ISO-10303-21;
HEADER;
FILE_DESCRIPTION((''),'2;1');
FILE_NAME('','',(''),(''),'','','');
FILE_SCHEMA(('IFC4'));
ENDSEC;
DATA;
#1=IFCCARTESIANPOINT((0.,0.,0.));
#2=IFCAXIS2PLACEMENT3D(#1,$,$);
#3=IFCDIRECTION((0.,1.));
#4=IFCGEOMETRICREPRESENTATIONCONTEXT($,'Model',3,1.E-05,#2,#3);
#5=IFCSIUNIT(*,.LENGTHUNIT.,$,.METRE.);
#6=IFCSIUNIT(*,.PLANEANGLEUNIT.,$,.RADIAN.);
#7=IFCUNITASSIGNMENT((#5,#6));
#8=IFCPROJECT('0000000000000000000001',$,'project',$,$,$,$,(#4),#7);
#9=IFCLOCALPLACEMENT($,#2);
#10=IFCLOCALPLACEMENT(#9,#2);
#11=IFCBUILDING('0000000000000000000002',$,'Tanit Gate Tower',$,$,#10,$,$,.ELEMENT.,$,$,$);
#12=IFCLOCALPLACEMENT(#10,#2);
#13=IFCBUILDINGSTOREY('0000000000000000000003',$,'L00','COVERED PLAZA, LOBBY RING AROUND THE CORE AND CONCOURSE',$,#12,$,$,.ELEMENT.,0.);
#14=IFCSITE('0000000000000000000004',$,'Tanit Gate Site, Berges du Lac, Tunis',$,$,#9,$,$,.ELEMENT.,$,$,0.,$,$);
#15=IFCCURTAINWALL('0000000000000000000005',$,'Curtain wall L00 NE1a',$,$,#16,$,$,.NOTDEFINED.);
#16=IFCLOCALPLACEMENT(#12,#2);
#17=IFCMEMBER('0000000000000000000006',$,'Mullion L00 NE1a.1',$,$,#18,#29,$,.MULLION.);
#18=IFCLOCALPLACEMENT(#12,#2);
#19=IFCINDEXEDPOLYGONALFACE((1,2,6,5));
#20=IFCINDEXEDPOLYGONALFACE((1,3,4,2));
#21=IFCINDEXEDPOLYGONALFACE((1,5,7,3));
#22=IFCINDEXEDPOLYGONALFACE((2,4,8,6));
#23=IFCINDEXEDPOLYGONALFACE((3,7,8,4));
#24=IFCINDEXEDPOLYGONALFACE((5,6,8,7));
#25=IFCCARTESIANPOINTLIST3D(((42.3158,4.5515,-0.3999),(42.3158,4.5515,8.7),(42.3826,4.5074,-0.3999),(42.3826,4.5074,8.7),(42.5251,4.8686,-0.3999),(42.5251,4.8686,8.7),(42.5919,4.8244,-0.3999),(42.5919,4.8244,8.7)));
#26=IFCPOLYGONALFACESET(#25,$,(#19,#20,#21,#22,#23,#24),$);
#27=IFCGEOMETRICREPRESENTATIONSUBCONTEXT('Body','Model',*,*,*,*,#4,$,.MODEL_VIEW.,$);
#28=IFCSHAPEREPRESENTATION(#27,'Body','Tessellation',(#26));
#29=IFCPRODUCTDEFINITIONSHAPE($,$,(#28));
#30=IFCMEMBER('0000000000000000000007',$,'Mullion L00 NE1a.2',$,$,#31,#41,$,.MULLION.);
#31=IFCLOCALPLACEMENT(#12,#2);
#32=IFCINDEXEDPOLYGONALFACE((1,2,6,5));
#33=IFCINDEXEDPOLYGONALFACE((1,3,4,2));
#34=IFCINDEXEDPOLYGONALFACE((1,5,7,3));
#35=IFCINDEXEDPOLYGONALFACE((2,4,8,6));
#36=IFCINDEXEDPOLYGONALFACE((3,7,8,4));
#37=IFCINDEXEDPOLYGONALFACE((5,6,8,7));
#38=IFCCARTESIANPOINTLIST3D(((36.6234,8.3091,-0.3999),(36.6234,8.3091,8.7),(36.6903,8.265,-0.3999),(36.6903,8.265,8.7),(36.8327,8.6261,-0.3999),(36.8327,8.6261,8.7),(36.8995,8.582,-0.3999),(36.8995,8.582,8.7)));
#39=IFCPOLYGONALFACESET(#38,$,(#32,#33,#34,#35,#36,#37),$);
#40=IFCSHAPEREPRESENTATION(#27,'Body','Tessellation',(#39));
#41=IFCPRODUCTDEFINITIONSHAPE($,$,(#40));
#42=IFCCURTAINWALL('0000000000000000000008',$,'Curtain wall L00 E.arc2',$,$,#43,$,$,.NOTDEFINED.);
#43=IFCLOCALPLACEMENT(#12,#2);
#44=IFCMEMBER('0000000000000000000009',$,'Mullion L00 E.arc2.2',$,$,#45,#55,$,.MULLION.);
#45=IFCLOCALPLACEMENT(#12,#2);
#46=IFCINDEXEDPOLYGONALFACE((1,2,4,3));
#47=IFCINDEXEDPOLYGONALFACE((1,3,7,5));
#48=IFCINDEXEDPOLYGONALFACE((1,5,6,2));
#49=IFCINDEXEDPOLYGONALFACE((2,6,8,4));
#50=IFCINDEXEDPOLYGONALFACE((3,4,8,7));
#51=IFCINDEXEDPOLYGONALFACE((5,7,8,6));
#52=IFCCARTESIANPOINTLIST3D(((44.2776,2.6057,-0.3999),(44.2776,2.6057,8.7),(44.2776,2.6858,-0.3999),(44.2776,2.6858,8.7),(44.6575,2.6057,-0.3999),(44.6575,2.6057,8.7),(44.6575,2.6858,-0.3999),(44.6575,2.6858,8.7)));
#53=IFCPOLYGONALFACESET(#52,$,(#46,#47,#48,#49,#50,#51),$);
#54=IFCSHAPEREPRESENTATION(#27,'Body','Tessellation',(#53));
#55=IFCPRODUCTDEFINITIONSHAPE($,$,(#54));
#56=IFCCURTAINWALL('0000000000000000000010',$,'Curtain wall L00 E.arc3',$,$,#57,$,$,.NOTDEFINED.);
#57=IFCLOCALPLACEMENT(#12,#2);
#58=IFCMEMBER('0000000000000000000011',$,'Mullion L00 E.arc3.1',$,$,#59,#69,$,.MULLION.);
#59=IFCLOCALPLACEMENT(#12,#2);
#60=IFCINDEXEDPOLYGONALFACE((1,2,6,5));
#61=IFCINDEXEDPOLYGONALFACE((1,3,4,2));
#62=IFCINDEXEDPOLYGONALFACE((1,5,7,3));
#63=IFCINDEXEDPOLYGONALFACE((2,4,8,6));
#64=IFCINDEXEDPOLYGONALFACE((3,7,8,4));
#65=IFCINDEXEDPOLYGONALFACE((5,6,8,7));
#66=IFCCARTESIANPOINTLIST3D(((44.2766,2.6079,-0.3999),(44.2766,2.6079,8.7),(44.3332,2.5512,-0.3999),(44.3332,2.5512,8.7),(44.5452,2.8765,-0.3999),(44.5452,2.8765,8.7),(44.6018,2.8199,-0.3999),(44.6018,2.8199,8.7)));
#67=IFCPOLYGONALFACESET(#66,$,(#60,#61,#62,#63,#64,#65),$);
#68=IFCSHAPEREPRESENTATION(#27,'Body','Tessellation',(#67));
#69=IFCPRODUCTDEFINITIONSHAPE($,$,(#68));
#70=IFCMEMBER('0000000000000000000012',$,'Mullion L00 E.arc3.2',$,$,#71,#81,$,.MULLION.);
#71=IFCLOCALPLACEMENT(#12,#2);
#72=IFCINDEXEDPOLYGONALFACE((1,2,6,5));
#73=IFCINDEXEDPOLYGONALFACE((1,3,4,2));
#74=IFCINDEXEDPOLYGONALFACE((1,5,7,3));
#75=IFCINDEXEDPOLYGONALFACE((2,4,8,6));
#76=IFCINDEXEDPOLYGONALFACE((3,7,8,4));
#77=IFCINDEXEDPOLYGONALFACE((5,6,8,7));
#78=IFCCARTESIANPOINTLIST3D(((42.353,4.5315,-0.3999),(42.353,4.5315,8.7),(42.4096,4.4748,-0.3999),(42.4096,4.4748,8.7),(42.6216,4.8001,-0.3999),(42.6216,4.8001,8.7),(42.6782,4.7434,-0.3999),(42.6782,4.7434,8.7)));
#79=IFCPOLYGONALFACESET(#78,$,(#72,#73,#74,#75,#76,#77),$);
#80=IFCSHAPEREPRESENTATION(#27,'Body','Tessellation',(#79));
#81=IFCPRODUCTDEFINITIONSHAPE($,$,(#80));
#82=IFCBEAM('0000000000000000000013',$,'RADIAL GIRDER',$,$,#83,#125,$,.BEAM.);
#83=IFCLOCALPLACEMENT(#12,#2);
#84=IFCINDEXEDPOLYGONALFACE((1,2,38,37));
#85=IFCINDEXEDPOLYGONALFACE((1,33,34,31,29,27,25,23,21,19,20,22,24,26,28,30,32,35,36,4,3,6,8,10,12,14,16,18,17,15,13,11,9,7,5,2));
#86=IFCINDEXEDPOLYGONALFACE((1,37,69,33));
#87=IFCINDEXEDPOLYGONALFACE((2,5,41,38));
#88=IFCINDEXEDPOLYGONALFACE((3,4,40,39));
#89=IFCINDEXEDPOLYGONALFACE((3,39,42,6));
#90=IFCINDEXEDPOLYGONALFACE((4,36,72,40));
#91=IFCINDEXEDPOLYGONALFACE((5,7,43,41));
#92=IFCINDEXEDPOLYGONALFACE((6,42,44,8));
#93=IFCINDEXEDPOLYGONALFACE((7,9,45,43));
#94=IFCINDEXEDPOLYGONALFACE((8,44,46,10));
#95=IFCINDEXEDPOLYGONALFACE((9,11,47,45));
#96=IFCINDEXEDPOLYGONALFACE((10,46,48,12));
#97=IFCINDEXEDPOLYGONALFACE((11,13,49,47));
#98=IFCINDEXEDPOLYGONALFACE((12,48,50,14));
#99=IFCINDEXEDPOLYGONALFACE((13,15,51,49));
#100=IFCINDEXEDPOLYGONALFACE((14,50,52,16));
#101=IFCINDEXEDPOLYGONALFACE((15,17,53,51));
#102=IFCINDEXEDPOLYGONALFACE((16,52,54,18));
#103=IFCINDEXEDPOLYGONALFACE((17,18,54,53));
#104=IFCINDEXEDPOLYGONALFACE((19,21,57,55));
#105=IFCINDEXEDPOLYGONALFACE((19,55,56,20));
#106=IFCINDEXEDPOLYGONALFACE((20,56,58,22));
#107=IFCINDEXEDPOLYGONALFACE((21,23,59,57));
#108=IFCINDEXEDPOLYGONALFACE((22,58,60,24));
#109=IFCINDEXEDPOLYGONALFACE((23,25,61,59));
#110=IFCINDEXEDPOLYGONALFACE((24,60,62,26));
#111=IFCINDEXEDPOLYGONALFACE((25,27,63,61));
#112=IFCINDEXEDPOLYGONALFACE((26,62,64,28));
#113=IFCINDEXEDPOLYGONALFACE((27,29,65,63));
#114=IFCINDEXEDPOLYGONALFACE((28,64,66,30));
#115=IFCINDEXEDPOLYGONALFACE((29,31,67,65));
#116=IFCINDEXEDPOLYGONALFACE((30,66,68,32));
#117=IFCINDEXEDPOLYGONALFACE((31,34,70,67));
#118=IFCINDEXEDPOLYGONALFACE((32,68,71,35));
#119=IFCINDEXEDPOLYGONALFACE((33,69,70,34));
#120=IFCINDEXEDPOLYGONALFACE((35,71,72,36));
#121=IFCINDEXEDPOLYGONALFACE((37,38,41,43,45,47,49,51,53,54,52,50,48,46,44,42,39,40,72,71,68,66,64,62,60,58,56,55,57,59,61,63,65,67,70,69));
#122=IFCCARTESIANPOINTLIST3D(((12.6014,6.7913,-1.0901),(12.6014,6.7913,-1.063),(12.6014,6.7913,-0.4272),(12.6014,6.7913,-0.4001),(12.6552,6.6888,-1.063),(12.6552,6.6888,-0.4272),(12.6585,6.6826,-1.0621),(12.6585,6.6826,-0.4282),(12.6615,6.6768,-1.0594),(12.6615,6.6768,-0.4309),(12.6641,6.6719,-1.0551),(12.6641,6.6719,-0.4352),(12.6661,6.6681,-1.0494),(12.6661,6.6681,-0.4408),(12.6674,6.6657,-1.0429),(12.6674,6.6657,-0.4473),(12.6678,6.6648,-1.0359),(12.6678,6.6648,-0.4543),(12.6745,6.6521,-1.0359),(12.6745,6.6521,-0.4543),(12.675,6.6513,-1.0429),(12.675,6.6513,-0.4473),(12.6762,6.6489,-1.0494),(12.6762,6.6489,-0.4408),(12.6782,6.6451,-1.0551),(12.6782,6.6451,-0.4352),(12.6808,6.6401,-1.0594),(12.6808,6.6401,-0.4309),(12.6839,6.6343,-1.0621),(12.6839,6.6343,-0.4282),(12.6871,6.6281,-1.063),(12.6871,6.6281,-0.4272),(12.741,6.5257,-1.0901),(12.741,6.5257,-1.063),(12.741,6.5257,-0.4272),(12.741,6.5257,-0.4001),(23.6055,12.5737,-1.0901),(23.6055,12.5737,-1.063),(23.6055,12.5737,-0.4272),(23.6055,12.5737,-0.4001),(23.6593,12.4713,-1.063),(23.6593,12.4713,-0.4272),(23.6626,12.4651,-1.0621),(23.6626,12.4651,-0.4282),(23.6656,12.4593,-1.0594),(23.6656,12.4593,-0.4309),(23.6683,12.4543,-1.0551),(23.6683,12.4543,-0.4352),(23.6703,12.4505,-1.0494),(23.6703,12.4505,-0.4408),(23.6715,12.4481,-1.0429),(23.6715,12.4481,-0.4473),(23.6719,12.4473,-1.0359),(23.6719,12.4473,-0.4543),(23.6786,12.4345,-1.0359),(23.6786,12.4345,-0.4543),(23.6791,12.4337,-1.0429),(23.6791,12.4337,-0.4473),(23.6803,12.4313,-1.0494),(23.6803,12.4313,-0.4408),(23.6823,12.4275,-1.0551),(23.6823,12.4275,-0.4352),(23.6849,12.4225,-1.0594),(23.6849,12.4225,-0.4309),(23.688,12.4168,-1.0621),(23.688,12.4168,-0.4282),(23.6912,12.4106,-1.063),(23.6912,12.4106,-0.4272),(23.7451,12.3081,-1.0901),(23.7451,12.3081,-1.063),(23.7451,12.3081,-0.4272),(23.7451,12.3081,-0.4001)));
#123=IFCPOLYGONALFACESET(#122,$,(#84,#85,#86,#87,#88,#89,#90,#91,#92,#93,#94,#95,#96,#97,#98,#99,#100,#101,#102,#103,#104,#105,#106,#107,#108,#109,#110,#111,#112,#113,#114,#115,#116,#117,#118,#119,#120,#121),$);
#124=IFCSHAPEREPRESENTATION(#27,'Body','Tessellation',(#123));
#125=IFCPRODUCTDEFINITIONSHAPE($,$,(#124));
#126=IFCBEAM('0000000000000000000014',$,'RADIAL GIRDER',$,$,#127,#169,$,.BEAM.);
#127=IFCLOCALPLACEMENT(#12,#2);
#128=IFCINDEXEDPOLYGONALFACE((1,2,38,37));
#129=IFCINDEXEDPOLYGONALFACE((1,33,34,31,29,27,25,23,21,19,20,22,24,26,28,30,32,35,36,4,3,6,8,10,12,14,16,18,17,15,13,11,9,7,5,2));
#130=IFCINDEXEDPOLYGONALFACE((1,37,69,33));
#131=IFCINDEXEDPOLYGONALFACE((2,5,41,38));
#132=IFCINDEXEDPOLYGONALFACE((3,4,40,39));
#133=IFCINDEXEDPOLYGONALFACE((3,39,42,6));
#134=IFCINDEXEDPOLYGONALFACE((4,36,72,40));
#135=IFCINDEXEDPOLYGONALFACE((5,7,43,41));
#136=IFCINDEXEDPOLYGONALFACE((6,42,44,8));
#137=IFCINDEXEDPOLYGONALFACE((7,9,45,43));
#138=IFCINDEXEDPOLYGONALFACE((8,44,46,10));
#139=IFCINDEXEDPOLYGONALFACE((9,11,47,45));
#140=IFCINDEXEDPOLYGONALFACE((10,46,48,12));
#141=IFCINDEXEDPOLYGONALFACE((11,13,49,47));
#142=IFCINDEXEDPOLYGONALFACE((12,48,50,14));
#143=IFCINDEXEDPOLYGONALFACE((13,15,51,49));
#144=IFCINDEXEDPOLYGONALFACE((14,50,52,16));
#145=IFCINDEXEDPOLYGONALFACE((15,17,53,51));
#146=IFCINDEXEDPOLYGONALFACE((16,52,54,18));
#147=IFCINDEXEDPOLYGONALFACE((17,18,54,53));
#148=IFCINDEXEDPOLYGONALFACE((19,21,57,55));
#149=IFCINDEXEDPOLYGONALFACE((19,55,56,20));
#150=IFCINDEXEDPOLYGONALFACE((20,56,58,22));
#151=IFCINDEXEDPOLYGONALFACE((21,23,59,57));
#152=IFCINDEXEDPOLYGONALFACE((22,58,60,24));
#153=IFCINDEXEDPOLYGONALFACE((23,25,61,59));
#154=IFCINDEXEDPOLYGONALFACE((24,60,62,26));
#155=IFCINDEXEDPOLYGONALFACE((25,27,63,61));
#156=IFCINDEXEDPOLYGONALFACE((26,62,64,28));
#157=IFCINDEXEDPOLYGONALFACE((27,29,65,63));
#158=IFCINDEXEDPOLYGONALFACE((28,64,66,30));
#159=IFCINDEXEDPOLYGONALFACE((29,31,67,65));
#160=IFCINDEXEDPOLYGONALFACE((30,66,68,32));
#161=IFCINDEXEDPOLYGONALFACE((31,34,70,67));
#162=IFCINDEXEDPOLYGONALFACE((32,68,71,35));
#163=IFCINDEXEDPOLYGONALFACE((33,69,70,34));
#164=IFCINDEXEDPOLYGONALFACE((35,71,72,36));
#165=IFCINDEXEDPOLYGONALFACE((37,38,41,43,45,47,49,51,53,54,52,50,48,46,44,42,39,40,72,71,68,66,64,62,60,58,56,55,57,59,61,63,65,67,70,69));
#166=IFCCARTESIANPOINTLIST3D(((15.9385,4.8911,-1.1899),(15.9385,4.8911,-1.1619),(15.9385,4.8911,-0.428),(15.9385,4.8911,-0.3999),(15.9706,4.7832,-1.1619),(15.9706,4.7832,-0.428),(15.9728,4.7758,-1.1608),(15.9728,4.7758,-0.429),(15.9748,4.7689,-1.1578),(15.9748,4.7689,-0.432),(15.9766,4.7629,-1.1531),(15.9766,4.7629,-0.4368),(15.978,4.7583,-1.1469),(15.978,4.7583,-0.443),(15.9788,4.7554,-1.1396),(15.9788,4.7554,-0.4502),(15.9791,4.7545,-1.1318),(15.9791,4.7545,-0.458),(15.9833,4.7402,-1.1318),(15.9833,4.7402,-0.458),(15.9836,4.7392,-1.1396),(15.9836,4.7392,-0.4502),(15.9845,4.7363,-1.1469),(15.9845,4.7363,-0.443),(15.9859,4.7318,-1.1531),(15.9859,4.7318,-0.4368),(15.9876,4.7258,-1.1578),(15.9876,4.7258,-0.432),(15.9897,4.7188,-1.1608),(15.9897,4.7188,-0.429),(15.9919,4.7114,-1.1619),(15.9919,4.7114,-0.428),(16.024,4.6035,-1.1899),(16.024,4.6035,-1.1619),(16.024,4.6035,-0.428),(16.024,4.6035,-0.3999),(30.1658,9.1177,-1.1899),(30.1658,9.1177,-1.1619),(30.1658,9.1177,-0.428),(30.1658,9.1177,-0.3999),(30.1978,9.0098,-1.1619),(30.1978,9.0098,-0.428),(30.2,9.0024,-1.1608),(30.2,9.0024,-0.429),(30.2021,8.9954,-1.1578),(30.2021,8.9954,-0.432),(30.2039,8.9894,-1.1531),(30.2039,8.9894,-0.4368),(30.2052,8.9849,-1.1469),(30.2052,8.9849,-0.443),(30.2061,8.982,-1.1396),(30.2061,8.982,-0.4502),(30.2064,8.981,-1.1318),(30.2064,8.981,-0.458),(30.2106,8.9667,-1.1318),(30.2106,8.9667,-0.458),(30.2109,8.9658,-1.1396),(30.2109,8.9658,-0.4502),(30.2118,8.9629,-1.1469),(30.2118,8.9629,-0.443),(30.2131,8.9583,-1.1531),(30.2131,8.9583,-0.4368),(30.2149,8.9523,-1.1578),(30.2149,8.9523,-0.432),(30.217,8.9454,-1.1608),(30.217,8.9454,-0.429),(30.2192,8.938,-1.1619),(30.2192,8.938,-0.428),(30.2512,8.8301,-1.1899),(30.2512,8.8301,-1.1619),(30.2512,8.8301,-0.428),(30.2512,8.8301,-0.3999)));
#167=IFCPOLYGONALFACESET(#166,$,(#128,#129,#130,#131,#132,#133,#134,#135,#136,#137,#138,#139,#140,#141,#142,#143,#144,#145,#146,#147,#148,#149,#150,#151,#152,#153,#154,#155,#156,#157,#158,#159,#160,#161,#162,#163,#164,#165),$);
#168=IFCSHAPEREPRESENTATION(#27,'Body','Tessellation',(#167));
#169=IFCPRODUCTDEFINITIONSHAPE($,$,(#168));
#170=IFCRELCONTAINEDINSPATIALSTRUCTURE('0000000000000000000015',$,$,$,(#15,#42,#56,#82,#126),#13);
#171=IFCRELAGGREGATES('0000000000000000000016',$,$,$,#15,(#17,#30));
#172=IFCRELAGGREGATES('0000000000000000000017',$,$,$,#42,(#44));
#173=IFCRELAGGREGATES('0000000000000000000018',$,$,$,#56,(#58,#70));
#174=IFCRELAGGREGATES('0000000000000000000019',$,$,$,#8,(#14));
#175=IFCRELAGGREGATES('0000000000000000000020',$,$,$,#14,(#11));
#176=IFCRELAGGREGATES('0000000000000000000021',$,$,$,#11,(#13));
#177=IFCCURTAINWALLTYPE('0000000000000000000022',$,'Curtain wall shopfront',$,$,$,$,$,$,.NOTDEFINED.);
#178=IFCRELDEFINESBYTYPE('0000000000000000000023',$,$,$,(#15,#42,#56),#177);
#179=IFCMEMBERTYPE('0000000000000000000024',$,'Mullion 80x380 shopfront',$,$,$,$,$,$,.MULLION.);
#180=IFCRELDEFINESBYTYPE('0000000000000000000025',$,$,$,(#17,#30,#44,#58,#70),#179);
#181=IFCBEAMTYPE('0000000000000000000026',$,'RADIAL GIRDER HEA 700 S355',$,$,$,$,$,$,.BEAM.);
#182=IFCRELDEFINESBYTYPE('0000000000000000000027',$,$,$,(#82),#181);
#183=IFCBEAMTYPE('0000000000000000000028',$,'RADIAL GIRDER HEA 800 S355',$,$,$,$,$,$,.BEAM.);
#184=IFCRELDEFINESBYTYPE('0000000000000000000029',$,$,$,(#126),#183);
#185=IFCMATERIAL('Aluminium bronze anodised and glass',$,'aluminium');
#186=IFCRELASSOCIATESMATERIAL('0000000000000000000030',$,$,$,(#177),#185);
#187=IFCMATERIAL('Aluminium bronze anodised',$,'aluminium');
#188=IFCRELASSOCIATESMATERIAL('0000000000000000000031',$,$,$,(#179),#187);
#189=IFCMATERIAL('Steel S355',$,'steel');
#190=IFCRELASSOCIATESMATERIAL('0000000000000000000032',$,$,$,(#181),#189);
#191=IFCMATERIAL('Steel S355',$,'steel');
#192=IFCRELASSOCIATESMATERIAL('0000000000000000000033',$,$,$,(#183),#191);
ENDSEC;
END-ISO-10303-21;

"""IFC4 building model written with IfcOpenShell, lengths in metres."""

from ifc_helpers import new_model, si_unit, direction, frame, origin, origin_2d, place, context, subcontext, project, spatial, rectangle, i_section, extrude, material, material_profile, profile_set, type_object, element, aggregate, save


model = new_model("IFC4")

# Units and contexts
model_context = context("Model", 3, precision=1e-05, world=origin(), true_north=direction((0.0, 1.0)))
body_context = subcontext(model_context, "Body", "Model", "MODEL_VIEW")
ifc_project = project(units=[si_unit("LENGTHUNIT", "METRE"), si_unit("PLANEANGLEUNIT", "RADIAN")], contexts=[model_context])

# Site, building, storey
site_placement = place(None, origin())
site = spatial("IfcSite", under=ifc_project, at=site_placement, Name="Tanit Gate Site, Berges du Lac, Tunis", CompositionType="ELEMENT", RefElevation=0.0)
building_placement = place(site_placement, origin())
building = spatial("IfcBuilding", under=site, at=building_placement, Name="Tanit Gate Tower", CompositionType="ELEMENT")
storey_placement = place(building_placement, origin())
storey = spatial("IfcBuildingStorey", under=building, at=storey_placement, Name="L00", Description="COVERED PLAZA, LOBBY RING AROUND THE CORE AND CONCOURSE", CompositionType="ELEMENT", Elevation=0.0)

# Curtain wall, members
ifc_material_1 = material(Name="Aluminium bronze anodised and glass", Category="aluminium")
curtain_wall_type = type_object("IfcCurtainWallType", Name="Curtain wall shopfront", PredefinedType="NOTDEFINED", material=ifc_material_1)
curtain_wall_1_placement = place(storey_placement, origin())
curtain_wall_1 = element("IfcCurtainWall", 1, at=curtain_wall_1_placement, inside=storey, type_object=curtain_wall_type, Name="Curtain wall L00 NE1a", PredefinedType="NOTDEFINED")
ifc_material_2 = material(Name="Aluminium bronze anodised", Category="aluminium")
ifc_material_profile_1 = material_profile(ifc_material_2, rectangle(XDim=0.3799, YDim=0.0801, at=origin_2d()), Name="80x380 bronze mullion")
ifc_profile_set_1 = profile_set([ifc_material_profile_1], Name="Aluminium bronze anodised")
member_type = type_object("IfcMemberType", Name="Mullion 80x380 shopfront", PredefinedType="MULLION", material=ifc_profile_set_1)
member_1_placement = place(storey_placement, frame((42.4539, 4.688, -0.3999), z_axis=(0.0, 0.0, 1.0), x_axis=(-0.550903, -0.834569, 0.0)))
member_1 = element("IfcMember", 2, at=member_1_placement, type_object=member_type, Name="Mullion L00 NE1a.1", PredefinedType="MULLION", context=body_context, shape_type="SweptSolid", body=[
    extrude(rectangle(XDim=0.3799, YDim=0.0801, at=origin_2d()), origin(), (0.0, 0.0, 1.0), 9.0999),
])
member_2_placement = place(storey_placement, frame((36.7615, 8.4456, -0.3999), z_axis=(0.0, 0.0, 1.0), x_axis=(-0.550903, -0.834569, 0.0)))
member_2 = element("IfcMember", 3, at=member_2_placement, type_object=member_type, Name="Mullion L00 NE1a.2", PredefinedType="MULLION", context=body_context, shape_type="SweptSolid", body=[
    extrude(rectangle(XDim=0.3799, YDim=0.0801, at=origin_2d()), origin(), (0.0, 0.0, 1.0), 9.0999),
])
aggregate(curtain_wall_1, [member_1, member_2])

# Curtain wall, member
curtain_wall_2_placement = place(storey_placement, origin())
curtain_wall_2 = element("IfcCurtainWall", 4, at=curtain_wall_2_placement, inside=storey, type_object=curtain_wall_type, Name="Curtain wall L00 E.arc2", PredefinedType="NOTDEFINED")
member_3_placement = place(storey_placement, frame((44.4675, 2.6458, -0.3999), z_axis=(0.0, 0.0, 1.0), x_axis=(-1.0, 0.0, 0.0)))
member_3 = element("IfcMember", 5, at=member_3_placement, type_object=member_type, Name="Mullion L00 E.arc2.2", PredefinedType="MULLION", context=body_context, shape_type="SweptSolid", body=[
    extrude(rectangle(XDim=0.3799, YDim=0.0801, at=origin_2d()), origin(), (0.0, 0.0, 1.0), 9.0999),
])
aggregate(curtain_wall_2, [member_3])

# Curtain wall, members
curtain_wall_3_placement = place(storey_placement, origin())
curtain_wall_3 = element("IfcCurtainWall", 6, at=curtain_wall_3_placement, inside=storey, type_object=curtain_wall_type, Name="Curtain wall L00 E.arc3", PredefinedType="NOTDEFINED")
member_4_placement = place(storey_placement, frame((44.4392, 2.7139, -0.3999), z_axis=(0.0, 0.0, 1.0), x_axis=(-0.707107, -0.707107, 0.0)))
member_4 = element("IfcMember", 7, at=member_4_placement, type_object=member_type, Name="Mullion L00 E.arc3.1", PredefinedType="MULLION", context=body_context, shape_type="SweptSolid", body=[
    extrude(rectangle(XDim=0.3799, YDim=0.0801, at=origin_2d()), origin(), (0.0, 0.0, 1.0), 9.0999),
])
member_5_placement = place(storey_placement, frame((42.5156, 4.6375, -0.3999), z_axis=(0.0, 0.0, 1.0), x_axis=(-0.707107, -0.707107, 0.0)))
member_5 = element("IfcMember", 8, at=member_5_placement, type_object=member_type, Name="Mullion L00 E.arc3.2", PredefinedType="MULLION", context=body_context, shape_type="SweptSolid", body=[
    extrude(rectangle(XDim=0.3799, YDim=0.0801, at=origin_2d()), origin(), (0.0, 0.0, 1.0), 9.0999),
])
aggregate(curtain_wall_3, [member_4, member_5])

# Beams
ifc_material_3 = material(Name="Steel S355", Category="steel")
ifc_material_profile_2 = material_profile(ifc_material_3, i_section(OverallWidth=0.3, OverallDepth=0.6899, WebThickness=0.0144, FlangeThickness=0.0271, FilletRadius=0.0271, at=origin_2d()), Name="HEA 700")
ifc_profile_set_2 = profile_set([ifc_material_profile_2], Name="Steel S355")
beam_type_1 = type_object("IfcBeamType", Name="RADIAL GIRDER HEA 700 S355", PredefinedType="BEAM", material=ifc_profile_set_2)
beam_1_placement = place(storey_placement, frame((23.6753, 12.4409, -0.7451), z_axis=(-0.885223, -0.465168, 0.0), x_axis=(0.465168, -0.885223, 0.0)))
element("IfcBeam", 9, at=beam_1_placement, inside=storey, type_object=beam_type_1, Name="RADIAL GIRDER", PredefinedType="BEAM", context=body_context, shape_type="SweptSolid", body=[
    extrude(i_section(OverallWidth=0.3, OverallDepth=0.6899, WebThickness=0.0144, FlangeThickness=0.0271, FilletRadius=0.0271, at=origin_2d()), origin(), (0.0, 0.0, 1.0), 12.4309),
])
ifc_material_4 = material(Name="Steel S355", Category="steel")
ifc_material_profile_3 = material_profile(ifc_material_4, i_section(OverallWidth=0.3, OverallDepth=0.79, WebThickness=0.0149, FlangeThickness=0.0281, FilletRadius=0.03, at=origin_2d()), Name="HEA 800")
ifc_profile_set_3 = profile_set([ifc_material_profile_3], Name="Steel S355")
beam_type_2 = type_object("IfcBeamType", Name="RADIAL GIRDER HEA 800 S355", PredefinedType="BEAM", material=ifc_profile_set_3)
beam_2_placement = place(storey_placement, frame((30.2085, 8.9739, -0.7949), z_axis=(-0.958595, -0.284774, 0.0), x_axis=(0.284774, -0.958595, 0.0)))
element("IfcBeam", 10, at=beam_2_placement, inside=storey, type_object=beam_type_2, Name="RADIAL GIRDER", PredefinedType="BEAM", context=body_context, shape_type="SweptSolid", body=[
    extrude(i_section(OverallWidth=0.3, OverallDepth=0.79, WebThickness=0.0149, FlangeThickness=0.0281, FilletRadius=0.03, at=origin_2d()), origin(), (0.0, 0.0, 1.0), 14.8418),
])

save(model, "model.ifc")
